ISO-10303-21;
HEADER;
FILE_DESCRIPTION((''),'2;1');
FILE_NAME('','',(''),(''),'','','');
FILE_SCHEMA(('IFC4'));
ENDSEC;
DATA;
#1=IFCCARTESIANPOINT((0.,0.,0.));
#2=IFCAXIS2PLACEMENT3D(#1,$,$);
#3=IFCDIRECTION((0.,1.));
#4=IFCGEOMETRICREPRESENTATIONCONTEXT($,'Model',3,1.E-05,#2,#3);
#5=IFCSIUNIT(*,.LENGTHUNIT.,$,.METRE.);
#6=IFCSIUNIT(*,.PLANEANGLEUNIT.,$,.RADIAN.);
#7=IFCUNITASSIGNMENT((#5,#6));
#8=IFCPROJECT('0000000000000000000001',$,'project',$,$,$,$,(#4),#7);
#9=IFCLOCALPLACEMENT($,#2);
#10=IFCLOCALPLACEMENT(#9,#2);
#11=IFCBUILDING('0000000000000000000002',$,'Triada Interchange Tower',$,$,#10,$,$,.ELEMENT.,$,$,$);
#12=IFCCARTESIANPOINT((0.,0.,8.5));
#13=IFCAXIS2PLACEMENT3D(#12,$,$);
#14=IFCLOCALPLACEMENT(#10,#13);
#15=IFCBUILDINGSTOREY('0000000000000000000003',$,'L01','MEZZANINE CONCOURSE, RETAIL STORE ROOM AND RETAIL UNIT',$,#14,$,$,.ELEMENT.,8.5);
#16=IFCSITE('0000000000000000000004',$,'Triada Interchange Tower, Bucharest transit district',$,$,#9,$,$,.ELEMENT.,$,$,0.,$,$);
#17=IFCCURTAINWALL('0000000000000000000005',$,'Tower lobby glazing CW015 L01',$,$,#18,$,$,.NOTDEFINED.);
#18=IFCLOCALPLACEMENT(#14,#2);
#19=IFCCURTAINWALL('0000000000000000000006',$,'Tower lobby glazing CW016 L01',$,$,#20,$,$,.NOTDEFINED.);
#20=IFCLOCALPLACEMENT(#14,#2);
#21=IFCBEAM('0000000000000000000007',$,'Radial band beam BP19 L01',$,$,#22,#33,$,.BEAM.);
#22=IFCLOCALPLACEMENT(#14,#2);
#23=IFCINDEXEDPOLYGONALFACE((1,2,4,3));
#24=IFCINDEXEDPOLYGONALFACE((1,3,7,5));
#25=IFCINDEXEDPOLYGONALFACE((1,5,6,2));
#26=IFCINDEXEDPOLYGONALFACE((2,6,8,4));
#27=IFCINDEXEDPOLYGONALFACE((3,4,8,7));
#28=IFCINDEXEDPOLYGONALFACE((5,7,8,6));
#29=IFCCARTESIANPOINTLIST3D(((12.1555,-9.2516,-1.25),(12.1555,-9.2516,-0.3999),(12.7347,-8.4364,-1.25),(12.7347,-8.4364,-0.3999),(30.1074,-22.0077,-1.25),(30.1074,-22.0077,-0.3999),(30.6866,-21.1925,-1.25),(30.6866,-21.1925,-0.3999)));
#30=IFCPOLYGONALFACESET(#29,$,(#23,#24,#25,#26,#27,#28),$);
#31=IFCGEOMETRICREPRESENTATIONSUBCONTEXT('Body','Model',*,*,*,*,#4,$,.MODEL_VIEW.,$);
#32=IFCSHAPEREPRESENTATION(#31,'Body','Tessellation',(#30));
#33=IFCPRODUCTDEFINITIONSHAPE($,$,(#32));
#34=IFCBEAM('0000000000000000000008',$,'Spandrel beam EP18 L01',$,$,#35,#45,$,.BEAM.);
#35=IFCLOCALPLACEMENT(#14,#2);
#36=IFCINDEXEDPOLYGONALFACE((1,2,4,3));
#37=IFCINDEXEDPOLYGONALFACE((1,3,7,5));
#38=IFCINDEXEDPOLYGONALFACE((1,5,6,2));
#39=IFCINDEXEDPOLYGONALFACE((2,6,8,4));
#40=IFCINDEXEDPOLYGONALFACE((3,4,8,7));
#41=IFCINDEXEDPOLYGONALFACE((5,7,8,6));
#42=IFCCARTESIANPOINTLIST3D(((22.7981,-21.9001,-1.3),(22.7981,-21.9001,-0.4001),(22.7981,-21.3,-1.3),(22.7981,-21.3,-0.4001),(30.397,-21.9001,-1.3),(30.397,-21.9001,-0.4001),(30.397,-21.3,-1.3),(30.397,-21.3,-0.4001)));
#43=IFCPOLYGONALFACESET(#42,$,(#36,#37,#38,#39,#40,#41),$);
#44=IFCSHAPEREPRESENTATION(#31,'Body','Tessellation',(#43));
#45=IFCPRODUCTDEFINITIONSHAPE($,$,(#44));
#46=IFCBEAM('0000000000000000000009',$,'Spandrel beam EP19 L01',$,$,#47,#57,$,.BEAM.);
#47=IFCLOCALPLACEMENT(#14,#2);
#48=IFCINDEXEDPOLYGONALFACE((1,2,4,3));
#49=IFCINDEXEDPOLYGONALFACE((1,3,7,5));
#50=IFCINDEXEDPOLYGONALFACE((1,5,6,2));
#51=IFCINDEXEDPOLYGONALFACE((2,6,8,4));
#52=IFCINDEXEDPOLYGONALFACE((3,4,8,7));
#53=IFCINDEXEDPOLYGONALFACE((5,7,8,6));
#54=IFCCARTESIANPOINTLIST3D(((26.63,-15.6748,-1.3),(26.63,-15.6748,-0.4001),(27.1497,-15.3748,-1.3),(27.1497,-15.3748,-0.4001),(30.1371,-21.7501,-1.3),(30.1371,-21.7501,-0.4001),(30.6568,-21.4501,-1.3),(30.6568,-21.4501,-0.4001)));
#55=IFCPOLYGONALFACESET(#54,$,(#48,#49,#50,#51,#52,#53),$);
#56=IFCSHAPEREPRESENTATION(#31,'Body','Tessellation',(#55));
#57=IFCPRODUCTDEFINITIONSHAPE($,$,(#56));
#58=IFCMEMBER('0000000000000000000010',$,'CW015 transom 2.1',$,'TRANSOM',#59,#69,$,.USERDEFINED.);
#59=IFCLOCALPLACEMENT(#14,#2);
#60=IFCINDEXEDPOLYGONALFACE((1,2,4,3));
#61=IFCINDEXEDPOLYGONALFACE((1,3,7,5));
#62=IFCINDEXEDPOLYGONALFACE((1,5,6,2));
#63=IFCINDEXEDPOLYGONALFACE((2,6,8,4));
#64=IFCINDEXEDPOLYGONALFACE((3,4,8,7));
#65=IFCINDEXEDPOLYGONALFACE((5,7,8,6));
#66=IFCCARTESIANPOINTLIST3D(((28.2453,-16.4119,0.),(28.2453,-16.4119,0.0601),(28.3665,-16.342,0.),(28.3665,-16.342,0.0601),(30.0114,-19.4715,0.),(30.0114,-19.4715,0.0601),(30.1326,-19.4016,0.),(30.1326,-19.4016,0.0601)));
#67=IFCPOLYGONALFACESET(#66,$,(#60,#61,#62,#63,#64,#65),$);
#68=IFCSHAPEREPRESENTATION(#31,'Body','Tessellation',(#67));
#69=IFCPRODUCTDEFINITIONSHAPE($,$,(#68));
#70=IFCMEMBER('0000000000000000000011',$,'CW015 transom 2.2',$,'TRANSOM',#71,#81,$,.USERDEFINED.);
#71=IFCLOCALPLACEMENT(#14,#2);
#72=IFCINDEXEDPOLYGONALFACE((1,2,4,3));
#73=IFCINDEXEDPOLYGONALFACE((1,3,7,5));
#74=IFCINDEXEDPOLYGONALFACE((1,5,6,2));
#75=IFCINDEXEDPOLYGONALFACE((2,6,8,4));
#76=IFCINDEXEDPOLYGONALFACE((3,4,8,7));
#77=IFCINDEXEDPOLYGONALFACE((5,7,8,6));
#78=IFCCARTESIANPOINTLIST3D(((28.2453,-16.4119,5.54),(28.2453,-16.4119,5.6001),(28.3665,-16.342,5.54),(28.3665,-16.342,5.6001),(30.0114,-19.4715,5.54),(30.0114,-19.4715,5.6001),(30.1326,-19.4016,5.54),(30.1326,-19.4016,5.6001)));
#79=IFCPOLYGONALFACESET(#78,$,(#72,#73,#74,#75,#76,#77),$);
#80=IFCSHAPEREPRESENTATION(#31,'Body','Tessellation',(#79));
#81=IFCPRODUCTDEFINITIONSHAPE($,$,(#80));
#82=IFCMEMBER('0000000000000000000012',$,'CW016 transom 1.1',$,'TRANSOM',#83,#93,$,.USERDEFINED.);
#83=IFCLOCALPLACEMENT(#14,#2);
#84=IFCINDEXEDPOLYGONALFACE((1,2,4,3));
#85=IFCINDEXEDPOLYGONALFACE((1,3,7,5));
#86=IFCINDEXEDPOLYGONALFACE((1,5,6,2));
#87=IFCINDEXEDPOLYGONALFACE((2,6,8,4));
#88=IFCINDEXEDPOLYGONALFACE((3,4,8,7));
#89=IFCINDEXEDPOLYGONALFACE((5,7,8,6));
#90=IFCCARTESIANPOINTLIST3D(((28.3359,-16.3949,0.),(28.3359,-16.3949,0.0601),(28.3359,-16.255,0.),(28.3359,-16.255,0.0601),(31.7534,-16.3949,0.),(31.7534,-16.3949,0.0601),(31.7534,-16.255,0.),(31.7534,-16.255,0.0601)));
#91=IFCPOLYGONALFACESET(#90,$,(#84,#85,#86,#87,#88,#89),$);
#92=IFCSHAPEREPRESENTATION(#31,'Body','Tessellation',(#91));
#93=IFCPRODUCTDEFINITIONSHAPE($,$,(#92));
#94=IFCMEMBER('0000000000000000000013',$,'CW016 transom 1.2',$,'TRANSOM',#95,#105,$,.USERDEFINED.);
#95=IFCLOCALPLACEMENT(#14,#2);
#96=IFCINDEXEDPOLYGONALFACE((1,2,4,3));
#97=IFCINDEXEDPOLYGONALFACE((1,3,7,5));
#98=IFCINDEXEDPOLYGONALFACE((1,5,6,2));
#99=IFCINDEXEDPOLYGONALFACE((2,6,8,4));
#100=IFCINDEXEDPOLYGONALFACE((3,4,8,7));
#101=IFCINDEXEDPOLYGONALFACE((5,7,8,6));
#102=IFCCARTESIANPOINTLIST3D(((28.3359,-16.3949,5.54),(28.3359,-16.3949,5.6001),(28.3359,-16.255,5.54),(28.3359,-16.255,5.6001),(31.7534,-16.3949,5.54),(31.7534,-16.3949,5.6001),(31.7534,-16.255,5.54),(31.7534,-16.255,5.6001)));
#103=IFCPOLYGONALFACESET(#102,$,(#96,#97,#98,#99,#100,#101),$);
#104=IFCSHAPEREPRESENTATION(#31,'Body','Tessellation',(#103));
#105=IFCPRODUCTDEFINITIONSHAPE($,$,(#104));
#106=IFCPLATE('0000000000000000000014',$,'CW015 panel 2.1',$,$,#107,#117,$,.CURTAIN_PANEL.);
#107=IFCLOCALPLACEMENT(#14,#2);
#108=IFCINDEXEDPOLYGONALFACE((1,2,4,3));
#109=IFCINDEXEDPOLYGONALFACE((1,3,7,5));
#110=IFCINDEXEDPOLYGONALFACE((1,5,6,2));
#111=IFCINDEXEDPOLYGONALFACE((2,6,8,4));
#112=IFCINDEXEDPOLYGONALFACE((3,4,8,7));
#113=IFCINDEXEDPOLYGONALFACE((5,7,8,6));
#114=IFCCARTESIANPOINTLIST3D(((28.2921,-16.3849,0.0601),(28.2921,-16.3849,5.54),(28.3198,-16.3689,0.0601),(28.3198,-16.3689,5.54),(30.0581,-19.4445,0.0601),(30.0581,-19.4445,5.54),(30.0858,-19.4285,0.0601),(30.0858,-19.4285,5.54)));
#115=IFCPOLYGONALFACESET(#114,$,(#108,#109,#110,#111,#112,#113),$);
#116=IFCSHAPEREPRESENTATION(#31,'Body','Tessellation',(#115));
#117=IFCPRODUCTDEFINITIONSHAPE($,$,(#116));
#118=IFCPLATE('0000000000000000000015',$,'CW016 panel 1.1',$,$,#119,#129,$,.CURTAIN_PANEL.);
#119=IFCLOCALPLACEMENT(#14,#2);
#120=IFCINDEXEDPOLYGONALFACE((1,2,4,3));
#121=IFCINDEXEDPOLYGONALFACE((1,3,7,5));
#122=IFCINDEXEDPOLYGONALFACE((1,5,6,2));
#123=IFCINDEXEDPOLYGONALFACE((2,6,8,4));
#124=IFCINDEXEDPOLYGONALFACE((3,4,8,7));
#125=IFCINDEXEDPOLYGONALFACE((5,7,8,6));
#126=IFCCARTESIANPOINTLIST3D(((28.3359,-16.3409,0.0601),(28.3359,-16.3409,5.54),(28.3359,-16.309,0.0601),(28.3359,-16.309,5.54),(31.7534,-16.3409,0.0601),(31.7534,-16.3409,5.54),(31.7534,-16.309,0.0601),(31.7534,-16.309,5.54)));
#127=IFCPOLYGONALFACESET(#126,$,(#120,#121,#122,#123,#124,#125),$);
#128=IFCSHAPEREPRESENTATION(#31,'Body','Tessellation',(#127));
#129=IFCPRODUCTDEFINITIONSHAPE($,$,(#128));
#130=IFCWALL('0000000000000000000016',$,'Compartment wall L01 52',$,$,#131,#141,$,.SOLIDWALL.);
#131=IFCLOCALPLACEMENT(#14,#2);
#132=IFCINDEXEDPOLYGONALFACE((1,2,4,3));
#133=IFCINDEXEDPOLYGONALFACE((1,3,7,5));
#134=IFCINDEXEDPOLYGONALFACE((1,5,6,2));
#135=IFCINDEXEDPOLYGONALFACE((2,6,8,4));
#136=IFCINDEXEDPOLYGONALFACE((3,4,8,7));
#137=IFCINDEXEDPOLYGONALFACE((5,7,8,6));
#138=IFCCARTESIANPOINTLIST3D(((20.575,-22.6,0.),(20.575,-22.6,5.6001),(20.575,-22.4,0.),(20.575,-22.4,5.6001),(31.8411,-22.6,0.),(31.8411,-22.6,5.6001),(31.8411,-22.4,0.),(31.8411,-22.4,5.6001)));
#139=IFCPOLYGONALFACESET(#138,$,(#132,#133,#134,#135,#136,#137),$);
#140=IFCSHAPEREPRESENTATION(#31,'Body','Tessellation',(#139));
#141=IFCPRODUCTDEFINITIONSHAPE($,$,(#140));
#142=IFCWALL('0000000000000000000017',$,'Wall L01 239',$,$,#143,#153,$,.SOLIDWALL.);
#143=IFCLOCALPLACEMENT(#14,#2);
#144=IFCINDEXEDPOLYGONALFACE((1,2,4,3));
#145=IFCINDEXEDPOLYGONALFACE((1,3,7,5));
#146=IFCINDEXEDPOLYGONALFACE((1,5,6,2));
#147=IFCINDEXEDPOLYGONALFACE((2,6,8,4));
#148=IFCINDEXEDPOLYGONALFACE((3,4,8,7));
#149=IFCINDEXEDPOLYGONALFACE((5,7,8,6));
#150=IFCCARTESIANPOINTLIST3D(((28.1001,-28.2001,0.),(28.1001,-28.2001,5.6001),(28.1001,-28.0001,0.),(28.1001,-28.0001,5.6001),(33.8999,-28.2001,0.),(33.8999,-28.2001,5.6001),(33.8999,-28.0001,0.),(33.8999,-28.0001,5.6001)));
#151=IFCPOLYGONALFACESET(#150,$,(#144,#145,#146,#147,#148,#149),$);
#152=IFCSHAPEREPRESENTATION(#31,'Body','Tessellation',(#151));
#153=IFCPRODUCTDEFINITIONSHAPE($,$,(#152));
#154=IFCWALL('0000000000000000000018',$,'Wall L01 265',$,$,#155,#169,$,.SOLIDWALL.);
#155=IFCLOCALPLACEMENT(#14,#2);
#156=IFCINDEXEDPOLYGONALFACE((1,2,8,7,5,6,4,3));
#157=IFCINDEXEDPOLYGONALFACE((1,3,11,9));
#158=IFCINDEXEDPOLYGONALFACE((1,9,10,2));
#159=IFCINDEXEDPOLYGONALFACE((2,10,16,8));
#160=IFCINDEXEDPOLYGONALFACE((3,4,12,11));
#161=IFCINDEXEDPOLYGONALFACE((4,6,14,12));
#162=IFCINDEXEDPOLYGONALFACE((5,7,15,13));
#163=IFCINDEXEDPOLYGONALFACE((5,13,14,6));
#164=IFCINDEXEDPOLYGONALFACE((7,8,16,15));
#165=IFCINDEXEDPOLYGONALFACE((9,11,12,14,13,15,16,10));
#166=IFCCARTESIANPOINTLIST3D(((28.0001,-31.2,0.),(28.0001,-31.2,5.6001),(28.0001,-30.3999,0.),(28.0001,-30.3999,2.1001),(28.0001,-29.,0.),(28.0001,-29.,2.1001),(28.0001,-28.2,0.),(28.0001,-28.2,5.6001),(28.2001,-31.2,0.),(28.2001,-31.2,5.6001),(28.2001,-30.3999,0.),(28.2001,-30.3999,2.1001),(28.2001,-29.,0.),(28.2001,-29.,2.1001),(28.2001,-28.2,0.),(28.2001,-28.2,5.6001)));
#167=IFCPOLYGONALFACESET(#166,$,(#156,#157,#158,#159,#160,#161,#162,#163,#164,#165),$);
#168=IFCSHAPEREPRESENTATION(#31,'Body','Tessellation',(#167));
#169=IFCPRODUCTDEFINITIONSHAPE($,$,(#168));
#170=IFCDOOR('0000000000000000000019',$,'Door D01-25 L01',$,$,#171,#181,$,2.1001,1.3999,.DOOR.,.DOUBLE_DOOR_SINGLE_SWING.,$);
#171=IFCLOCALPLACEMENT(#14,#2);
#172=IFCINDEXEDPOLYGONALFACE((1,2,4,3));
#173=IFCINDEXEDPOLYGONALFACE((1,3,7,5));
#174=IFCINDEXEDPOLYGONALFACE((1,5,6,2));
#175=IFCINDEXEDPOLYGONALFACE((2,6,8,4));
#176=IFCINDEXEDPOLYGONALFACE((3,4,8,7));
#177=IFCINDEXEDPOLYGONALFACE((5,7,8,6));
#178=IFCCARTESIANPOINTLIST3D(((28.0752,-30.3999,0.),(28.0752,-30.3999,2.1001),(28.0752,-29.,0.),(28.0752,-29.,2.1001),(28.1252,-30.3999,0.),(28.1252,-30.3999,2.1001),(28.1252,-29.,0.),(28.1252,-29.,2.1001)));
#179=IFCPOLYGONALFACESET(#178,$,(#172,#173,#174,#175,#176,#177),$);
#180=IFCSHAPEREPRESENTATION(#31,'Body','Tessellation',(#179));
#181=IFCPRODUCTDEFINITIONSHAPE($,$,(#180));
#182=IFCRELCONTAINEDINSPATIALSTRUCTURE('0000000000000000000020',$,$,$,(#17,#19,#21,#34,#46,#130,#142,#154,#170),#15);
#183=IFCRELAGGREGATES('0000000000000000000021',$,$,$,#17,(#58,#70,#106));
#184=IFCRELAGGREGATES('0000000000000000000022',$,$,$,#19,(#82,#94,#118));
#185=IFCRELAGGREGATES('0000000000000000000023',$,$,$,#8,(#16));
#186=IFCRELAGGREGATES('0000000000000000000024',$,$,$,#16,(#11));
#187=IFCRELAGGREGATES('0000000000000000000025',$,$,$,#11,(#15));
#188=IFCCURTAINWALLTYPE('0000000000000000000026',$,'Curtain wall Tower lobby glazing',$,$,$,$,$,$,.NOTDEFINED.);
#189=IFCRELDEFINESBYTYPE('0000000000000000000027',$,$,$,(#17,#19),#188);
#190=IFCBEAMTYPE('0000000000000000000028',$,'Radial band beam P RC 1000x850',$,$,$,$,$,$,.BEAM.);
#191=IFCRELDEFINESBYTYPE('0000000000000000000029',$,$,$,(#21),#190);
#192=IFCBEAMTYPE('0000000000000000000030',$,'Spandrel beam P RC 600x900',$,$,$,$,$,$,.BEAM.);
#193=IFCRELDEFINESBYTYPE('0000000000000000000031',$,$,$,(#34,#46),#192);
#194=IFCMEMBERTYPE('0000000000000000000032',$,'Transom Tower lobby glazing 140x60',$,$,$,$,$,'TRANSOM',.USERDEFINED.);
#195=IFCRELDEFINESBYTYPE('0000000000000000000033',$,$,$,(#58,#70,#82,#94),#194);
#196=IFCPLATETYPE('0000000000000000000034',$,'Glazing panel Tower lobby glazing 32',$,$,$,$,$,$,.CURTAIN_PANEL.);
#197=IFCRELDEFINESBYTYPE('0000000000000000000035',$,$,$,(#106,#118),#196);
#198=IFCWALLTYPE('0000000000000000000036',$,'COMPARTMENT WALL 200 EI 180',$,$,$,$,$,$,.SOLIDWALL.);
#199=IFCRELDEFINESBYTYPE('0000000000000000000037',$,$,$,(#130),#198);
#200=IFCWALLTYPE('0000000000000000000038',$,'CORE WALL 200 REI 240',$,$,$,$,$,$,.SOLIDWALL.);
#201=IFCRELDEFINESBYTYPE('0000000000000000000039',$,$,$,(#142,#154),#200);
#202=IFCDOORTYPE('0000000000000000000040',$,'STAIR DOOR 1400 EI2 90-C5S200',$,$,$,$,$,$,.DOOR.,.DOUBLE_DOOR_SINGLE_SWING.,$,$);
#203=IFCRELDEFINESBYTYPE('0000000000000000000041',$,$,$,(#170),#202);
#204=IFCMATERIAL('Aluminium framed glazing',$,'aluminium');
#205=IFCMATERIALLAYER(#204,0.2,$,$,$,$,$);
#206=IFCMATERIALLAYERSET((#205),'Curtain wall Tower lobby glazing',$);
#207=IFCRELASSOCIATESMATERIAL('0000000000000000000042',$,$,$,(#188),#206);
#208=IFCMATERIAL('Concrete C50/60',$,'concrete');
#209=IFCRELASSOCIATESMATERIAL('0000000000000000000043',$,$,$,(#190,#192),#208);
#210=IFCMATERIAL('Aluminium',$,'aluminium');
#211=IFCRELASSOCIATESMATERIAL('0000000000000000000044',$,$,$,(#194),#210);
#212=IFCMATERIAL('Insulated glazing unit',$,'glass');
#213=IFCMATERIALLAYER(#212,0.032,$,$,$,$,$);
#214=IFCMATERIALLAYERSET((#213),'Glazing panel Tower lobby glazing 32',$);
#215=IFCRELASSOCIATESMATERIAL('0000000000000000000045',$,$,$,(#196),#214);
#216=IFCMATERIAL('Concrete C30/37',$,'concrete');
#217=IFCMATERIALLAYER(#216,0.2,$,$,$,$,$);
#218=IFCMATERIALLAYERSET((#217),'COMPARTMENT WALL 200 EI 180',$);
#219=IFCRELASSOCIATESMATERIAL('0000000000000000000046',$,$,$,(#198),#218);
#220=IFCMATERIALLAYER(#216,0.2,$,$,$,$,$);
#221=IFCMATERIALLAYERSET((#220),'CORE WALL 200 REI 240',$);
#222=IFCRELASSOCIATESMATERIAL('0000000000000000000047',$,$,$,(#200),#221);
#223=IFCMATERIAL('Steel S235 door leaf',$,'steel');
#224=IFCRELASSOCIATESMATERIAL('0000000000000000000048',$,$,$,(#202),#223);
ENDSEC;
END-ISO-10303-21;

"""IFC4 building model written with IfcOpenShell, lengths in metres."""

from ifc_helpers import new_model, si_unit, direction, frame, frame_2d, origin, origin_2d, place, context, subcontext, project, spatial, rectangle, extrude, material, layer, layer_set, material_profile, profile_set, type_object, element, fill, aggregate, save


model = new_model("IFC4")

# Units and contexts
model_context = context("Model", 3, precision=1e-05, world=origin(), true_north=direction((0.0, 1.0)))
body_context = subcontext(model_context, "Body", "Model", "MODEL_VIEW")
ifc_project = project(units=[si_unit("LENGTHUNIT", "METRE"), si_unit("PLANEANGLEUNIT", "RADIAN")], contexts=[model_context])

# Site, building, storey
site_placement = place(None, origin())
site = spatial("IfcSite", under=ifc_project, at=site_placement, Name="Triada Interchange Tower, Bucharest transit district", CompositionType="ELEMENT", RefElevation=0.0)
building_placement = place(site_placement, origin())
building = spatial("IfcBuilding", under=site, at=building_placement, Name="Triada Interchange Tower", CompositionType="ELEMENT")
storey_placement = place(building_placement, frame((0.0, 0.0, 8.5)))
storey = spatial("IfcBuildingStorey", under=building, at=storey_placement, Name="L01", Description="MEZZANINE CONCOURSE, RETAIL STORE ROOM AND RETAIL UNIT", CompositionType="ELEMENT", Elevation=8.5)

# Shared definitions
ifc_material_1 = material(Name="Concrete C50/60", Category="concrete")

# Curtain wall
ifc_material_2 = material(Name="Aluminium framed glazing", Category="aluminium")
ifc_layer_1 = layer(ifc_material_2, 0.2)
ifc_layer_set_1 = layer_set([ifc_layer_1], Name="Curtain wall Tower lobby glazing")
curtain_wall_type = type_object("IfcCurtainWallType", Name="Curtain wall Tower lobby glazing", PredefinedType="NOTDEFINED", material=ifc_layer_set_1)
curtain_wall_1_placement = place(storey_placement, origin())
curtain_wall_1 = element("IfcCurtainWall", 1, at=curtain_wall_1_placement, inside=storey, type_object=curtain_wall_type, Name="Tower lobby glazing CW015 L01", PredefinedType="NOTDEFINED")
ifc_material_3 = material(Name="Aluminium", Category="aluminium")

# Curtain wall
curtain_wall_2_placement = place(storey_placement, origin())
curtain_wall_2 = element("IfcCurtainWall", 2, at=curtain_wall_2_placement, inside=storey, type_object=curtain_wall_type, Name="Tower lobby glazing CW016 L01", PredefinedType="NOTDEFINED")

# Beams
ifc_material_profile_1 = material_profile(ifc_material_1, rectangle(XDim=1.0, YDim=0.8501, at=origin_2d()), Name="RC 1000x850")
ifc_profile_set_1 = profile_set([ifc_material_profile_1], Name="Concrete C50/60")
beam_type_1 = type_object("IfcBeamType", Name="Radial band beam P RC 1000x850", PredefinedType="BEAM", material=ifc_profile_set_1)
beam_1_placement = place(storey_placement, frame((30.397, -21.6001, -0.825), z_axis=(-0.815163, 0.579231, 0.0), x_axis=(-0.579231, -0.815163, 0.0)))
element("IfcBeam", 3, at=beam_1_placement, inside=storey, type_object=beam_type_1, Name="Radial band beam BP19 L01", PredefinedType="BEAM", context=body_context, shape_type="SweptSolid", body=[
    extrude(rectangle(XDim=1.0, YDim=0.8501, at=origin_2d()), origin(), (0.0, 0.0, 1.0), 22.0225),
])
ifc_material_profile_2 = material_profile(ifc_material_1, rectangle(XDim=0.6001, YDim=0.8999, at=origin_2d()), Name="RC 600x900")
ifc_profile_set_2 = profile_set([ifc_material_profile_2], Name="Concrete C50/60")
beam_type_2 = type_object("IfcBeamType", Name="Spandrel beam P RC 600x900", PredefinedType="BEAM", material=ifc_profile_set_2)
beam_2_placement = place(storey_placement, frame((22.7981, -21.6001, -0.8501), z_axis=(1.0, 0.0, 0.0), x_axis=(0.0, 1.0, 0.0)))
element("IfcBeam", 4, at=beam_2_placement, inside=storey, type_object=beam_type_2, Name="Spandrel beam EP18 L01", PredefinedType="BEAM", context=body_context, shape_type="SweptSolid", body=[
    extrude(rectangle(XDim=0.6001, YDim=0.8999, at=origin_2d()), origin(), (0.0, 0.0, 1.0), 7.5989),
])
beam_3_placement = place(storey_placement, frame((30.397, -21.6001, -0.8501), z_axis=(-0.499953, 0.866052, 0.0), x_axis=(-0.866052, -0.499953, 0.0)))
element("IfcBeam", 5, at=beam_3_placement, inside=storey, type_object=beam_type_2, Name="Spandrel beam EP19 L01", PredefinedType="BEAM", context=body_context, shape_type="SweptSolid", body=[
    extrude(rectangle(XDim=0.6001, YDim=0.8999, at=origin_2d()), origin(), (0.0, 0.0, 1.0), 7.0149),
])

# Members
ifc_material_profile_3 = material_profile(ifc_material_3, rectangle(XDim=0.1399, YDim=0.0601, at=origin_2d()), Name="Aluminium transom")
ifc_profile_set_3 = profile_set([ifc_material_profile_3], Name="Aluminium")
member_type_1 = type_object("IfcMemberType", Name="Transom Tower lobby glazing 140x60", ElementType="TRANSOM", PredefinedType="USERDEFINED", material=ifc_profile_set_3)
member_1_placement = place(storey_placement, frame((30.072, -19.4365, 0.03), z_axis=(-0.49993, 0.866066, 0.0), x_axis=(-0.866066, -0.49993, 0.0)))
member_1 = element("IfcMember", 6, at=member_1_placement, type_object=member_type_1, Name="CW015 transom 2.1", ObjectType="TRANSOM", PredefinedType="USERDEFINED", context=body_context, shape_type="SweptSolid", body=[
    extrude(rectangle(XDim=0.1399, YDim=0.0601, at=origin_2d()), origin(), (0.0, 0.0, 1.0), 3.5327),
])
member_2_placement = place(storey_placement, frame((30.072, -19.4365, 5.5701), z_axis=(-0.49993, 0.866066, 0.0), x_axis=(-0.866066, -0.49993, 0.0)))
member_2 = element("IfcMember", 7, at=member_2_placement, type_object=member_type_1, Name="CW015 transom 2.2", ObjectType="TRANSOM", PredefinedType="USERDEFINED", context=body_context, shape_type="SweptSolid", body=[
    extrude(rectangle(XDim=0.1399, YDim=0.0601, at=origin_2d()), origin(), (0.0, 0.0, 1.0), 3.5327),
])
member_3_placement = place(storey_placement, frame((28.3359, -16.325, 0.03), z_axis=(1.0, 0.0, 0.0), x_axis=(0.0, 1.0, 0.0)))
member_3 = element("IfcMember", 8, at=member_3_placement, type_object=member_type_1, Name="CW016 transom 1.1", ObjectType="TRANSOM", PredefinedType="USERDEFINED", context=body_context, shape_type="SweptSolid", body=[
    extrude(rectangle(XDim=0.1399, YDim=0.0601, at=origin_2d()), origin(), (0.0, 0.0, 1.0), 3.4175),
])
member_4_placement = place(storey_placement, frame((28.3359, -16.325, 5.5701), z_axis=(1.0, 0.0, 0.0), x_axis=(0.0, 1.0, 0.0)))
member_4 = element("IfcMember", 9, at=member_4_placement, type_object=member_type_1, Name="CW016 transom 1.2", ObjectType="TRANSOM", PredefinedType="USERDEFINED", context=body_context, shape_type="SweptSolid", body=[
    extrude(rectangle(XDim=0.1399, YDim=0.0601, at=origin_2d()), origin(), (0.0, 0.0, 1.0), 3.4175),
])

# Plates
ifc_material_4 = material(Name="Insulated glazing unit", Category="glass")
ifc_layer_2 = layer(ifc_material_4, 0.032)
ifc_layer_set_2 = layer_set([ifc_layer_2], Name="Glazing panel Tower lobby glazing 32")
plate_type = type_object("IfcPlateType", Name="Glazing panel Tower lobby glazing 32", PredefinedType="CURTAIN_PANEL", material=ifc_layer_set_2)
plate_1_placement = place(storey_placement, frame((29.189, -17.9067, 0.0601), z_axis=(0.0, 0.0, 1.0), x_axis=(-0.49991, 0.866078, 0.0)))
plate_1 = element("IfcPlate", 10, at=plate_1_placement, type_object=plate_type, Name="CW015 panel 2.1", PredefinedType="CURTAIN_PANEL", context=body_context, shape_type="SweptSolid", body=[
    extrude(rectangle(XDim=3.5327, YDim=0.032, at=origin_2d()), origin(), (0.0, 0.0, 1.0), 5.48),
])
aggregate(curtain_wall_1, [member_1, member_2, plate_1])
plate_2_placement = place(storey_placement, frame((30.0447, -16.325, 0.0601), z_axis=(0.0, 0.0, 1.0), x_axis=(1.0, 0.0, 0.0)))
plate_2 = element("IfcPlate", 11, at=plate_2_placement, type_object=plate_type, Name="CW016 panel 1.1", PredefinedType="CURTAIN_PANEL", context=body_context, shape_type="SweptSolid", body=[
    extrude(rectangle(XDim=3.4175, YDim=0.032, at=origin_2d()), origin(), (0.0, 0.0, 1.0), 5.48),
])
aggregate(curtain_wall_2, [member_3, member_4, plate_2])

# Walls
ifc_material_5 = material(Name="Concrete C30/37", Category="concrete")
ifc_layer_3 = layer(ifc_material_5, 0.2)
ifc_layer_set_3 = layer_set([ifc_layer_3], Name="COMPARTMENT WALL 200 EI 180")
wall_type_1 = type_object("IfcWallType", Name="COMPARTMENT WALL 200 EI 180", PredefinedType="SOLIDWALL", material=ifc_layer_set_3)
wall_1_placement = place(storey_placement, frame((20.575, -22.5, 0.0), z_axis=(0.0, 0.0, 1.0), x_axis=(1.0, 0.0, 0.0)))
element("IfcWall", 12, at=wall_1_placement, inside=storey, type_object=wall_type_1, Name="Compartment wall L01 52", PredefinedType="SOLIDWALL", context=body_context, shape_type="SweptSolid", body=[
    extrude(rectangle(XDim=11.2661, YDim=0.2, at=frame_2d((5.6331, 0.0))), origin(), (0.0, 0.0, 1.0), 5.6001),
])
ifc_layer_4 = layer(ifc_material_5, 0.2)
ifc_layer_set_4 = layer_set([ifc_layer_4], Name="CORE WALL 200 REI 240")
wall_type_2 = type_object("IfcWallType", Name="CORE WALL 200 REI 240", PredefinedType="SOLIDWALL", material=ifc_layer_set_4)
wall_2_placement = place(storey_placement, frame((28.1001, -28.1001, 0.0), z_axis=(0.0, 0.0, 1.0), x_axis=(1.0, 0.0, 0.0)))
element("IfcWall", 13, at=wall_2_placement, inside=storey, type_object=wall_type_2, Name="Wall L01 239", PredefinedType="SOLIDWALL", context=body_context, shape_type="SweptSolid", body=[
    extrude(rectangle(XDim=5.7998, YDim=0.2, at=frame_2d((2.8999, 0.0))), origin(), (0.0, 0.0, 1.0), 5.6001),
])

# Wall, opening, door
wall_3_placement = place(storey_placement, frame((28.1001, -31.2, 0.0), z_axis=(0.0, 0.0, 1.0), x_axis=(0.0, 1.0, 0.0)))
wall_3 = element("IfcWall", 14, at=wall_3_placement, inside=storey, type_object=wall_type_2, Name="Wall L01 265", PredefinedType="SOLIDWALL", context=body_context, shape_type="SweptSolid", body=[
    extrude(rectangle(XDim=3.0, YDim=0.2, at=frame_2d((1.5, 0.0))), origin(), (0.0, 0.0, 1.0), 5.6001),
])
opening_1_placement = place(wall_3_placement, frame((0.8, 0.0, 0.0)))
opening_1 = element("IfcOpeningElement", 15, at=opening_1_placement, cuts=wall_3, PredefinedType="OPENING", context=body_context, shape_type="SweptSolid", body=[
    extrude(rectangle(XDim=1.3999, YDim=2.1001, at=frame_2d((0.7, 1.05))), frame((0.0, 0.1099, 0.0), z_axis=(0.0, -1.0, 0.0), x_axis=(1.0, 0.0, 0.0)), (0.0, 0.0, 1.0), 0.22),
])
ifc_material_6 = material(Name="Steel S235 door leaf", Category="steel")
door_type_1 = type_object("IfcDoorType", Name="STAIR DOOR 1400 EI2 90-C5S200", OperationType="DOUBLE_DOOR_SINGLE_SWING", PredefinedType="DOOR", material=ifc_material_6)
door_1_placement = place(opening_1_placement, origin())
door_1 = element("IfcDoor", 16, at=door_1_placement, inside=storey, type_object=door_type_1, Name="Door D01-25 L01", OperationType="DOUBLE_DOOR_SINGLE_SWING", OverallHeight=2.1001, OverallWidth=1.3999, PredefinedType="DOOR", context=body_context, shape_type="SweptSolid", body=[
    extrude(rectangle(XDim=1.3999, YDim=2.1001, at=frame_2d((0.7, 1.05))), frame((0.0, 0.0249, 0.0), z_axis=(0.0, -1.0, 0.0), x_axis=(1.0, 0.0, 0.0)), (0.0, 0.0, 1.0), 0.05),
])
fill(opening_1, door_1)

save(model, "model.ifc")
